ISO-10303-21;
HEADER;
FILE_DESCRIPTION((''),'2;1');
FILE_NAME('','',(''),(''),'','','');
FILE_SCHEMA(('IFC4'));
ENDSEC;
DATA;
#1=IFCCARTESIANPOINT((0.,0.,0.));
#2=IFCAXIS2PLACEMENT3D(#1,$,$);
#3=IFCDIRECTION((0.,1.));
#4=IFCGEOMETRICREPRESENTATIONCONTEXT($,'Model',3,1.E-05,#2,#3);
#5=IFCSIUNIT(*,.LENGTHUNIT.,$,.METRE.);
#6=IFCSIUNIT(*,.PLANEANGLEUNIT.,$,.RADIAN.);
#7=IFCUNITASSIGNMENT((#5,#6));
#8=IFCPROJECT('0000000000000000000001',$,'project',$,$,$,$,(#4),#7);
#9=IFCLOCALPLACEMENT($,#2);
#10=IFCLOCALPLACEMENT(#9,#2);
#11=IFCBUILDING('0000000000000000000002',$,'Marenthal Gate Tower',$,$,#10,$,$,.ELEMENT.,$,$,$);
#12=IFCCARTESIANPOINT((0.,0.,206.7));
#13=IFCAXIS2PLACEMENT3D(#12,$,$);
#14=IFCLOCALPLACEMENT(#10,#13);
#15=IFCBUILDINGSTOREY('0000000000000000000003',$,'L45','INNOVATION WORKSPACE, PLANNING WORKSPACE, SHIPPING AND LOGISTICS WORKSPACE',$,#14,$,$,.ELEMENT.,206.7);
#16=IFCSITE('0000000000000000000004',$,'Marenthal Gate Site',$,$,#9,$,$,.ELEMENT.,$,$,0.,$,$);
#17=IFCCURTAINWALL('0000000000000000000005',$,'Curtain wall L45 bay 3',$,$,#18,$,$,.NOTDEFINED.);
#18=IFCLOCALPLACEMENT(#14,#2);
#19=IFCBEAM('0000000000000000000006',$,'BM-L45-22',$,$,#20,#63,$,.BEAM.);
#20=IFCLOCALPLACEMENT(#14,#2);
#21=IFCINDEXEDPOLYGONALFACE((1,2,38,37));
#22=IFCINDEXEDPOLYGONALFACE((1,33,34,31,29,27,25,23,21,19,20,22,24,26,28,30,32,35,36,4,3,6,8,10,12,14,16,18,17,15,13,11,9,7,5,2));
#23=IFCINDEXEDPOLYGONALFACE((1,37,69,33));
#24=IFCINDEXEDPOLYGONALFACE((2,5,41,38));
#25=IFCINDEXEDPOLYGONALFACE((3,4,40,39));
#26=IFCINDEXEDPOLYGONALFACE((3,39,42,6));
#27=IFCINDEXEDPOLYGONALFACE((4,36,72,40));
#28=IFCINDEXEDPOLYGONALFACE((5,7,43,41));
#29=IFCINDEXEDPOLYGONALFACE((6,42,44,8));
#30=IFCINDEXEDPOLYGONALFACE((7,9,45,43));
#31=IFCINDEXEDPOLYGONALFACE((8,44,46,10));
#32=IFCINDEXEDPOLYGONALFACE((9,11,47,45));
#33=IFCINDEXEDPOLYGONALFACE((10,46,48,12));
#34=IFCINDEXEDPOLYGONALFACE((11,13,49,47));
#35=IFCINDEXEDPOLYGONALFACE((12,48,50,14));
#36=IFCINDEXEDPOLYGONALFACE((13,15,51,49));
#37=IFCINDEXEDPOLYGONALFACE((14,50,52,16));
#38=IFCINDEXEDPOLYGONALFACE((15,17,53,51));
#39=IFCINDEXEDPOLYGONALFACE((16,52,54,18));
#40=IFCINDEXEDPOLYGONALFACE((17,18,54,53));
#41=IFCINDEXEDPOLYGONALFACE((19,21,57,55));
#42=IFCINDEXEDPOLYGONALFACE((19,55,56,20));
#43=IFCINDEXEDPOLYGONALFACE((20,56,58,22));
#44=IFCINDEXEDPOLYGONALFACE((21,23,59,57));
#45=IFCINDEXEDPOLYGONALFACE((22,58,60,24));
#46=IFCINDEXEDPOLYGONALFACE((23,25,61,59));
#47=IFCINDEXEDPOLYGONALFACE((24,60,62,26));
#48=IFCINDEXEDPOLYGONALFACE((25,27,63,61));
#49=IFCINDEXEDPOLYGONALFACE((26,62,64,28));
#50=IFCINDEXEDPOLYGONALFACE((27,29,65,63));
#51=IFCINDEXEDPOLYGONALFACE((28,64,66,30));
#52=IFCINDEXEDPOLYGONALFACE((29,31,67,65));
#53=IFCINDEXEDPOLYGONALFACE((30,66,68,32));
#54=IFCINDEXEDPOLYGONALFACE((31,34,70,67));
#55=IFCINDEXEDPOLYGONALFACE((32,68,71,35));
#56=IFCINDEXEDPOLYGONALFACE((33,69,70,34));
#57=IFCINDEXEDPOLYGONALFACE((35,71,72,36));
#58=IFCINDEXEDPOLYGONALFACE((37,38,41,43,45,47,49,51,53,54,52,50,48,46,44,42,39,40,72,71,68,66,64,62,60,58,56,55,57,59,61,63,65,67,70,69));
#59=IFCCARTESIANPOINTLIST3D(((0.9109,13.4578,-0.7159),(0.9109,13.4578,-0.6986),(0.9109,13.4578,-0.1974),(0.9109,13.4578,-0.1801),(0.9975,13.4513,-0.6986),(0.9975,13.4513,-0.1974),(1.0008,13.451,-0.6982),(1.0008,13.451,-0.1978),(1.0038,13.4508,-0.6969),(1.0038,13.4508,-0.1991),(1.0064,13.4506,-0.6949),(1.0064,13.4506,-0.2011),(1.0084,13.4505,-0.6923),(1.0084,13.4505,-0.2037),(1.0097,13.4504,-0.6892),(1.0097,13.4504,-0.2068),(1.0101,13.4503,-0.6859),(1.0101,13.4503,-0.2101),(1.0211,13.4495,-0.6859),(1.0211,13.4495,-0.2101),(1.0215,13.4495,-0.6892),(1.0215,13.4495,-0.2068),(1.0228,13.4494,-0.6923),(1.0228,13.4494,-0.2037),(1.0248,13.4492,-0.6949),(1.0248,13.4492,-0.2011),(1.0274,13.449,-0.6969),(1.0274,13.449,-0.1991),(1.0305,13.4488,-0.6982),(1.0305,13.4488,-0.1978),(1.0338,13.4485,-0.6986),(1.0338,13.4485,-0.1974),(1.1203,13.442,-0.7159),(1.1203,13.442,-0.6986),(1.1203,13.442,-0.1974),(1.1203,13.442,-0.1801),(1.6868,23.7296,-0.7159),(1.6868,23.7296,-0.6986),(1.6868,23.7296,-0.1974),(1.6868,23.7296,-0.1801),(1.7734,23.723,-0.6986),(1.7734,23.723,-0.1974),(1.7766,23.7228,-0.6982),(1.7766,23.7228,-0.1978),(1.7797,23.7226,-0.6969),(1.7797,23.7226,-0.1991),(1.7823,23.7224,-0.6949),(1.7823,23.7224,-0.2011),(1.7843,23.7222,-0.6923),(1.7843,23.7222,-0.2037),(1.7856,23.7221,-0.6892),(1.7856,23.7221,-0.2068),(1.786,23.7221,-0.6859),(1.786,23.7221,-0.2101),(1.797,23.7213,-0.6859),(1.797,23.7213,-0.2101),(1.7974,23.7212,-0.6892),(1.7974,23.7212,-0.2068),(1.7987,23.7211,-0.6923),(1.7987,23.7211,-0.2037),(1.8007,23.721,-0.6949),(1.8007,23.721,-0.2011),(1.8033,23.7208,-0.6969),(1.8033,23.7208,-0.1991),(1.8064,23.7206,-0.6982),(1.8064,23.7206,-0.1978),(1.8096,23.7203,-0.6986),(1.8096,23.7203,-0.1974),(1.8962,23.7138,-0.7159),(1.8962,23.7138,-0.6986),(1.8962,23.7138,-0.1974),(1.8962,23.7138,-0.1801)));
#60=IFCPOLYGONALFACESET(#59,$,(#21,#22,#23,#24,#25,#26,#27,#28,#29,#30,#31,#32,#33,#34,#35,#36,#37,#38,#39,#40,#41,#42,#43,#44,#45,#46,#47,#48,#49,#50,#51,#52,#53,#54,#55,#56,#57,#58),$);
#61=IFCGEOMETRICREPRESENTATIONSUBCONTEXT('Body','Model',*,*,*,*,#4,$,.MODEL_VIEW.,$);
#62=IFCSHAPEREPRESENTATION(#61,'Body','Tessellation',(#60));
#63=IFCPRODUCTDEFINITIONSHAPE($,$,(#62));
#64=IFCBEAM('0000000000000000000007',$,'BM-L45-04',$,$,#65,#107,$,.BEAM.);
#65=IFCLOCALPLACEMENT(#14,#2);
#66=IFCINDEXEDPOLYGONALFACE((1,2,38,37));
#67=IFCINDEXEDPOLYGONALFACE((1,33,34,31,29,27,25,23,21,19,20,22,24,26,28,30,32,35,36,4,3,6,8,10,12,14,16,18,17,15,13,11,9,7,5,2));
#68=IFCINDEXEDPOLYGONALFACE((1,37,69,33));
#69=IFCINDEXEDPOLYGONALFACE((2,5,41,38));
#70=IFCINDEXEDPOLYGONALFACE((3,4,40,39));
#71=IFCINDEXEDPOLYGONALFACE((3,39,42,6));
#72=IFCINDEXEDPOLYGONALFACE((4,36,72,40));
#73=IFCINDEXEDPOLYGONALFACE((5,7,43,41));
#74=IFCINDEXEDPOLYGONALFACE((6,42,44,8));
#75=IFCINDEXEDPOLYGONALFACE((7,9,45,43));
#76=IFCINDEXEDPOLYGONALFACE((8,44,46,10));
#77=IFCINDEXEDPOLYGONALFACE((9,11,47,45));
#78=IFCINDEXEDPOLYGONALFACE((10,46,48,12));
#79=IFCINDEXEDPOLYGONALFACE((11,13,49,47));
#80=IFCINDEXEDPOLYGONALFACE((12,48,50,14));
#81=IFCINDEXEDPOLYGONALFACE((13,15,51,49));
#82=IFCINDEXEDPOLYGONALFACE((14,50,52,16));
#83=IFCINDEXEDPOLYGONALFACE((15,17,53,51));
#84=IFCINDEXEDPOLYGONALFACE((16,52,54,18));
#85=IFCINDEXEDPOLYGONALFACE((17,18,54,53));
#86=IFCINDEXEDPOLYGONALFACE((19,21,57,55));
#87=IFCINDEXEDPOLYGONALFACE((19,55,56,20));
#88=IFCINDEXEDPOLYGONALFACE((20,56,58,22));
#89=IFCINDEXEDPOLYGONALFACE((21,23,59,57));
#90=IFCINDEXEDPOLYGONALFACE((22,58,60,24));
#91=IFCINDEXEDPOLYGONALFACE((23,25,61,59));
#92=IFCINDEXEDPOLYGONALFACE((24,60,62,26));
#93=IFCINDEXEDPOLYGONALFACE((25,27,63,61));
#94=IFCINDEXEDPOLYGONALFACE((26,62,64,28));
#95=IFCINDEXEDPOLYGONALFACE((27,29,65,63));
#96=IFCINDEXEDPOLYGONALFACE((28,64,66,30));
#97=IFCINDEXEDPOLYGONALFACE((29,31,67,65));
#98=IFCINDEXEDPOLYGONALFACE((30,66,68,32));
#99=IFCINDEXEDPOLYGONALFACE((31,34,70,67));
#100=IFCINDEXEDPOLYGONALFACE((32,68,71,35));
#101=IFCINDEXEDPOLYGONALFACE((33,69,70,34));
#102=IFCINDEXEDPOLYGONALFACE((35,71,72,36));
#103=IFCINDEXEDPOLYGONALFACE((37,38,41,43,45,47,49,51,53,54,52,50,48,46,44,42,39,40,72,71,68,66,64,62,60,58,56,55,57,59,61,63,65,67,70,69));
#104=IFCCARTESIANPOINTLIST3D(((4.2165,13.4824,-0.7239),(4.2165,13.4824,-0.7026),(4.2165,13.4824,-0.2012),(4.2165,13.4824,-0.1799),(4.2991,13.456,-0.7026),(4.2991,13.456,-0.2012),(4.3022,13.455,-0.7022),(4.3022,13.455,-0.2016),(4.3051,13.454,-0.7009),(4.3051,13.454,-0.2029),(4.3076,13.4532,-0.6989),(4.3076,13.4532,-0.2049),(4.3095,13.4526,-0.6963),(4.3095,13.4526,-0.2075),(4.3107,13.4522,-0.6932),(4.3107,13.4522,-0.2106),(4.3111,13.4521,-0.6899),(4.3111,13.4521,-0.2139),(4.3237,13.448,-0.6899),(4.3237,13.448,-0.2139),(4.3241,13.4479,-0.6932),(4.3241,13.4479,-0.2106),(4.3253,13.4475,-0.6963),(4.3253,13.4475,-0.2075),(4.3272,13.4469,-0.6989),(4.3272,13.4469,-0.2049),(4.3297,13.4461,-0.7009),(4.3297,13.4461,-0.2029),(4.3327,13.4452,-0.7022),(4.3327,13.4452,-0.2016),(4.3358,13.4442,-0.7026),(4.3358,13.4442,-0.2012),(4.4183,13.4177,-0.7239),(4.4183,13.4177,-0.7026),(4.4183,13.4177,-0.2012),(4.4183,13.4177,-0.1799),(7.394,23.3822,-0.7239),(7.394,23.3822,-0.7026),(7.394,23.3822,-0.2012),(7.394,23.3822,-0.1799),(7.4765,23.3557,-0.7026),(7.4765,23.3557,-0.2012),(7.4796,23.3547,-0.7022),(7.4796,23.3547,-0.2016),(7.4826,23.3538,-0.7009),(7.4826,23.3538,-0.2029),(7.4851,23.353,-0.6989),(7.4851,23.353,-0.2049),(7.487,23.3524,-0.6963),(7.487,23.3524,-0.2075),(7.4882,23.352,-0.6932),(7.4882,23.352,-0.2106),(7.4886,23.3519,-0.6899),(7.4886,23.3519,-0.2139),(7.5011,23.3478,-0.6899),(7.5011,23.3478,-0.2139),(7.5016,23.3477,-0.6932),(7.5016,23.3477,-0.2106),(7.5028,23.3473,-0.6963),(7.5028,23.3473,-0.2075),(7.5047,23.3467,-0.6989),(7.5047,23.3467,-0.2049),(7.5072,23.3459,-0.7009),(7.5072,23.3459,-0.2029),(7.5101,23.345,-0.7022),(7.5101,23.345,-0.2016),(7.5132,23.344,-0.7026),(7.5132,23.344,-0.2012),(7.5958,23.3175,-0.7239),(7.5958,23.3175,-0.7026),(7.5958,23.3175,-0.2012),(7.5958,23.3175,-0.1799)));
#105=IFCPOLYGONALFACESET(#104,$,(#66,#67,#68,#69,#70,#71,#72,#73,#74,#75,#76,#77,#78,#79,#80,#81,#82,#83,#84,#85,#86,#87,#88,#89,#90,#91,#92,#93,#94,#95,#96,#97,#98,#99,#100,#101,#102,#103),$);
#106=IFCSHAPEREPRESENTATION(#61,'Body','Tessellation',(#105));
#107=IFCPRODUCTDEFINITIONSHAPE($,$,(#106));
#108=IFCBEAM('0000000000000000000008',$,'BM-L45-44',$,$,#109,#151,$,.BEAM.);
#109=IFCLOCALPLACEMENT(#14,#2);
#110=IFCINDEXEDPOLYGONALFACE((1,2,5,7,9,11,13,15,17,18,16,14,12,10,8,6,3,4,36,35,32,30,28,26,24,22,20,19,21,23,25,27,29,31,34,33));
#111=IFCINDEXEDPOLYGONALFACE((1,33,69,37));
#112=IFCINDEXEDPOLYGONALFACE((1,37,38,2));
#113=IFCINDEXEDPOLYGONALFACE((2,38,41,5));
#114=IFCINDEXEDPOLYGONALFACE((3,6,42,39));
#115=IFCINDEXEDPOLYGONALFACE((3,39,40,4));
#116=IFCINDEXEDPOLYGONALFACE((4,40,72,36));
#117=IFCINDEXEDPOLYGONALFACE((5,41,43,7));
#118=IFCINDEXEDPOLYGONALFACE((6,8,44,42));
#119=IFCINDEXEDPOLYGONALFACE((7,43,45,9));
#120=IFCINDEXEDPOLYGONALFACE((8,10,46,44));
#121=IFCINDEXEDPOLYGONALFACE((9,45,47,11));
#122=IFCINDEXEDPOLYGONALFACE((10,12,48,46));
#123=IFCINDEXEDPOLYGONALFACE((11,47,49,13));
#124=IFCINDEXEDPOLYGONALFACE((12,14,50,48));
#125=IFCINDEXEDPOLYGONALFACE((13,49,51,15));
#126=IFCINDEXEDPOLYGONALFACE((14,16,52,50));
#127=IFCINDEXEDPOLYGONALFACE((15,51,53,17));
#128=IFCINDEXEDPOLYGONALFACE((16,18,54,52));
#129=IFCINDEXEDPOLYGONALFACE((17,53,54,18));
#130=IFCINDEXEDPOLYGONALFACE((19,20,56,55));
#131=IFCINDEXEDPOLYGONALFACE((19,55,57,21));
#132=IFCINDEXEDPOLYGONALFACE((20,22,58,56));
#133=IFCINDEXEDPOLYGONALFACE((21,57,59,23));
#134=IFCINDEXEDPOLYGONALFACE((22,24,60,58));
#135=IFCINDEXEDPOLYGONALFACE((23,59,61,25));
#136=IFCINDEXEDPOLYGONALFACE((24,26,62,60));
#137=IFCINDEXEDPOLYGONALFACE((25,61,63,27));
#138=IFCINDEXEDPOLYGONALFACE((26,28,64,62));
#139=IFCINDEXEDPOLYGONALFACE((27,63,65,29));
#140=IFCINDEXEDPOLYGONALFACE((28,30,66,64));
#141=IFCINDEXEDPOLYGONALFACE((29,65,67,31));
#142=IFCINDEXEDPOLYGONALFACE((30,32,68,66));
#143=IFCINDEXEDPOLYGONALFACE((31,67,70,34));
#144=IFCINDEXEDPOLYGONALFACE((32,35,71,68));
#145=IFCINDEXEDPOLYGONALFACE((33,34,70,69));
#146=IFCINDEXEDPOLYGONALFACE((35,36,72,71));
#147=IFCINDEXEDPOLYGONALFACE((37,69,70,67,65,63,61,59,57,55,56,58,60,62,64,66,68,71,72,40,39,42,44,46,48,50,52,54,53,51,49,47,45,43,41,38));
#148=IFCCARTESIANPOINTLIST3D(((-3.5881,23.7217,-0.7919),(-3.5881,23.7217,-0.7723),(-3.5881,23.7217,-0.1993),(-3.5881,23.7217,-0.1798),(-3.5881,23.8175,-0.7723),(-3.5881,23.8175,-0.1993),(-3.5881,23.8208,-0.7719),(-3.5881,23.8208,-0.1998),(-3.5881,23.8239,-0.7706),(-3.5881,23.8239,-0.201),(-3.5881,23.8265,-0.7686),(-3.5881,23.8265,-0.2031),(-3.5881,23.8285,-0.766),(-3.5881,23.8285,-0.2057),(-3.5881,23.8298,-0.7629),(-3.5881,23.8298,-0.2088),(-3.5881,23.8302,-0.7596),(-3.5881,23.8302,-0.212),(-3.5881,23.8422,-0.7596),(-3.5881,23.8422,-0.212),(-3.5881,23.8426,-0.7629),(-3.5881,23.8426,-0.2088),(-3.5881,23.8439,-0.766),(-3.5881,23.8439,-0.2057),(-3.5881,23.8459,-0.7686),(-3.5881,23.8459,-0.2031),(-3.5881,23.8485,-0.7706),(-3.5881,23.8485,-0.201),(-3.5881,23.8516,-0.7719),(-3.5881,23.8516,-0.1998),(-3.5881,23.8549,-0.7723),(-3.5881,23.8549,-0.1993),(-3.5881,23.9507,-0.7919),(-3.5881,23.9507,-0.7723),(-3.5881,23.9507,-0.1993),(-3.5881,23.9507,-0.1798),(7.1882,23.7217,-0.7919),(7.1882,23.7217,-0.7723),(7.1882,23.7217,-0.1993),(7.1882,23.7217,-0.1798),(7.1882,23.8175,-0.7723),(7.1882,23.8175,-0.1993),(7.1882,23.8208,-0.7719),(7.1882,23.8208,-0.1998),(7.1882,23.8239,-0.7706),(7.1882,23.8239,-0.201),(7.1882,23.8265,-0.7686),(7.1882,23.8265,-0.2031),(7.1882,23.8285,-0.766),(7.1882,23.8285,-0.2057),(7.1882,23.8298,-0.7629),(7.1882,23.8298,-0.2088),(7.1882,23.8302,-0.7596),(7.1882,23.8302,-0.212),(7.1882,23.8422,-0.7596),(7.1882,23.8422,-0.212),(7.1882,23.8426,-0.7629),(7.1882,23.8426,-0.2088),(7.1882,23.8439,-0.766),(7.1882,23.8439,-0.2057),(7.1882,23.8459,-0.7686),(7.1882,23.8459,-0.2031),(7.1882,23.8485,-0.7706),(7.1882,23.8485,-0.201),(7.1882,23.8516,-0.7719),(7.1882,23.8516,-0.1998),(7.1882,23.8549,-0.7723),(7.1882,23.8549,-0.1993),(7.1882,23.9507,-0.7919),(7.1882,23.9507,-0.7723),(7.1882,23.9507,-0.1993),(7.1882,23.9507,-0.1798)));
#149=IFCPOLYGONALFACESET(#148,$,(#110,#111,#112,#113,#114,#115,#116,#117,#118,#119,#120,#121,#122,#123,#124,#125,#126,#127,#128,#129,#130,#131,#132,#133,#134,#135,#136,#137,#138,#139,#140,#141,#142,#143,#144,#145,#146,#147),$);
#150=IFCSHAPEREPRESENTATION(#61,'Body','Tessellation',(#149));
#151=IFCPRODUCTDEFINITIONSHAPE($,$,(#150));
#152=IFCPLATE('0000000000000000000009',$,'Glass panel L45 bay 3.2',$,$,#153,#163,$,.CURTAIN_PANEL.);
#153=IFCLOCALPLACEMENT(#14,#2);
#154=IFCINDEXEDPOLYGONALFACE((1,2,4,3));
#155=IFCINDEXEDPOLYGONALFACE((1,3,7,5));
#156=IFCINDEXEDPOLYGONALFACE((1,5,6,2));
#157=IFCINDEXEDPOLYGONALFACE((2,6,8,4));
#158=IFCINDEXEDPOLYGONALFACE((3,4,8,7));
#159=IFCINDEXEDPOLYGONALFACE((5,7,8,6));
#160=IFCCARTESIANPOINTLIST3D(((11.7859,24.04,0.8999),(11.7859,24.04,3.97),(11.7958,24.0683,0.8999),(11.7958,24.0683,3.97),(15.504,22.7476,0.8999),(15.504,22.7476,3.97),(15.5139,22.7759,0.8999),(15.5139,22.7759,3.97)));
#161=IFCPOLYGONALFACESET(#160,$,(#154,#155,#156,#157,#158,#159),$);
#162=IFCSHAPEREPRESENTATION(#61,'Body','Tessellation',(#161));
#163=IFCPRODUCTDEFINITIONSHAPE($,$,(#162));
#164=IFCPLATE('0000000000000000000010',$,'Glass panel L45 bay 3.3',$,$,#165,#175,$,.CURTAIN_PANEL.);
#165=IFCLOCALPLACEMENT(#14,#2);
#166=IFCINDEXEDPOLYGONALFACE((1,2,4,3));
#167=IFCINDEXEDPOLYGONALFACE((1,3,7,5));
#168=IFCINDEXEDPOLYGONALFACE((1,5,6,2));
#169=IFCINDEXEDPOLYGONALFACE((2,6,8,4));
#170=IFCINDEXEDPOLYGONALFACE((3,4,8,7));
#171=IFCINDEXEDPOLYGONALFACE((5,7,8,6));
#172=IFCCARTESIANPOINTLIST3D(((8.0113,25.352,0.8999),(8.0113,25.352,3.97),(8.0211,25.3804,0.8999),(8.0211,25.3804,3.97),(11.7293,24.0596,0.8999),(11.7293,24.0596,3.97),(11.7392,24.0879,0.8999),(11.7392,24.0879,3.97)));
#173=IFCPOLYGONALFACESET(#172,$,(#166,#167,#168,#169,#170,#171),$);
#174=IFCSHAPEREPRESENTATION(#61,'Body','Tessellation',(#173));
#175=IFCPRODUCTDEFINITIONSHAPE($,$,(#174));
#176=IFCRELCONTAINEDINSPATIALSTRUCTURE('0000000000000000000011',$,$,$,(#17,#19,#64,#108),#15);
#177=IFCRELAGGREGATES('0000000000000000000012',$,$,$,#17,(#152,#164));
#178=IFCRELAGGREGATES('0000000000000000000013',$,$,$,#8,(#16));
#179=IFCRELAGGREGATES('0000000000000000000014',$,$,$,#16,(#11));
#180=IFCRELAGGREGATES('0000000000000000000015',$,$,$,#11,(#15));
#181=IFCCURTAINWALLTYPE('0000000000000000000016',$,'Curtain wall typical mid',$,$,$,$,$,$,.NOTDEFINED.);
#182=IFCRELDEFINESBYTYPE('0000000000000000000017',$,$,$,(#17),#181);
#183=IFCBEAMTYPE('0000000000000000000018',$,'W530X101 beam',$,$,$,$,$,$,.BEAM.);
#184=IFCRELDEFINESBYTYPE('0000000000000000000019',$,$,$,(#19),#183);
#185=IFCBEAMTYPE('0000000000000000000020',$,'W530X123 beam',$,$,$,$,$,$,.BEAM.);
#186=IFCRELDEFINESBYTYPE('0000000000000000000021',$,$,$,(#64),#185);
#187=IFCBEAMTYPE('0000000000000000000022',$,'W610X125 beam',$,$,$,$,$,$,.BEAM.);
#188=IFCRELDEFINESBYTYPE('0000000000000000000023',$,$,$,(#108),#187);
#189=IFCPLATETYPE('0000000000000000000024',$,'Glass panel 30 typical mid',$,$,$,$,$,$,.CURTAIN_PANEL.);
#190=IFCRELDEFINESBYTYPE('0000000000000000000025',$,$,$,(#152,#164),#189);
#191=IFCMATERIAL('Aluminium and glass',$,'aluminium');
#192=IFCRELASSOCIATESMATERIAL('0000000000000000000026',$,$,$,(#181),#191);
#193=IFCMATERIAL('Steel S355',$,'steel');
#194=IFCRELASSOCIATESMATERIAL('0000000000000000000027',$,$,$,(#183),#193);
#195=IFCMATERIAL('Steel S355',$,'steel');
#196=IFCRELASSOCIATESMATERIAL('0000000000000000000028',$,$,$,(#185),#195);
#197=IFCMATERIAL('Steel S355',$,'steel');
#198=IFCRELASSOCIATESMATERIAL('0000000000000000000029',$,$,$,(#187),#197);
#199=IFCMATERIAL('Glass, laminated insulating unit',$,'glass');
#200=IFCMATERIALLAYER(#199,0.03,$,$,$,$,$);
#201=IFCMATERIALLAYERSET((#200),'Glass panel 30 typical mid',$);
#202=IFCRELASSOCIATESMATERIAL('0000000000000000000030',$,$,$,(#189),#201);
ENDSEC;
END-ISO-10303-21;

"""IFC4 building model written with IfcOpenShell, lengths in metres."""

from ifc_helpers import new_model, si_unit, direction, frame, origin, origin_2d, place, context, subcontext, project, spatial, rectangle, i_section, extrude, material, layer, layer_set, material_profile, profile_set, type_object, element, aggregate, save


model = new_model("IFC4")

# Units and contexts
model_context = context("Model", 3, precision=1e-05, world=origin(), true_north=direction((0.0, 1.0)))
body_context = subcontext(model_context, "Body", "Model", "MODEL_VIEW")
ifc_project = project(units=[si_unit("LENGTHUNIT", "METRE"), si_unit("PLANEANGLEUNIT", "RADIAN")], contexts=[model_context])

# Site, building, storey
site_placement = place(None, origin())
site = spatial("IfcSite", under=ifc_project, at=site_placement, Name="Marenthal Gate Site", CompositionType="ELEMENT", RefElevation=0.0)
building_placement = place(site_placement, origin())
building = spatial("IfcBuilding", under=site, at=building_placement, Name="Marenthal Gate Tower", CompositionType="ELEMENT")
storey_placement = place(building_placement, frame((0.0, 0.0, 206.7)))
storey = spatial("IfcBuildingStorey", under=building, at=storey_placement, Name="L45", Description="INNOVATION WORKSPACE, PLANNING WORKSPACE, SHIPPING AND LOGISTICS WORKSPACE", CompositionType="ELEMENT", Elevation=206.7)

# Curtain wall
ifc_material_1 = material(Name="Aluminium and glass", Category="aluminium")
curtain_wall_type = type_object("IfcCurtainWallType", Name="Curtain wall typical mid", PredefinedType="NOTDEFINED", material=ifc_material_1)
curtain_wall_placement = place(storey_placement, origin())
curtain_wall = element("IfcCurtainWall", 1, at=curtain_wall_placement, inside=storey, type_object=curtain_wall_type, Name="Curtain wall L45 bay 3", PredefinedType="NOTDEFINED")

# Beams
ifc_material_2 = material(Name="Steel S355", Category="steel")
ifc_material_profile_1 = material_profile(ifc_material_2, i_section(OverallWidth=0.21, OverallDepth=0.5359, WebThickness=0.011, FlangeThickness=0.0173, FilletRadius=0.0127, at=origin_2d()), Name="W530X101")
ifc_profile_set_1 = profile_set([ifc_material_profile_1], Name="Steel S355")
beam_type_1 = type_object("IfcBeamType", Name="W530X101 beam", PredefinedType="BEAM", material=ifc_profile_set_1)
beam_1_placement = place(storey_placement, frame((1.7915, 23.7217, -0.448), z_axis=(-0.075321, -0.997159, 0.0), x_axis=(0.997159, -0.075321, 0.0)))
element("IfcBeam", 2, at=beam_1_placement, inside=storey, type_object=beam_type_1, Name="BM-L45-22", PredefinedType="BEAM", context=body_context, shape_type="SweptSolid", body=[
    extrude(i_section(OverallWidth=0.21, OverallDepth=0.5359, WebThickness=0.011, FlangeThickness=0.0173, FilletRadius=0.0127, at=origin_2d()), origin(), (0.0, 0.0, 1.0), 10.301),
])
ifc_material_3 = material(Name="Steel S355", Category="steel")
ifc_material_profile_2 = material_profile(ifc_material_3, i_section(OverallWidth=0.2119, OverallDepth=0.5439, WebThickness=0.0132, FlangeThickness=0.0212, FilletRadius=0.0127, at=origin_2d()), Name="W530X123")
ifc_profile_set_2 = profile_set([ifc_material_profile_2], Name="Steel S355")
beam_type_2 = type_object("IfcBeamType", Name="W530X123 beam", PredefinedType="BEAM", material=ifc_profile_set_2)
beam_2_placement = place(storey_placement, frame((7.4949, 23.3499, -0.4519), z_axis=(-0.305606, -0.952158, 0.0), x_axis=(0.952158, -0.305606, 0.0)))
element("IfcBeam", 3, at=beam_2_placement, inside=storey, type_object=beam_type_2, Name="BM-L45-04", PredefinedType="BEAM", context=body_context, shape_type="SweptSolid", body=[
    extrude(i_section(OverallWidth=0.2119, OverallDepth=0.5439, WebThickness=0.0132, FlangeThickness=0.0212, FilletRadius=0.0127, at=origin_2d()), origin(), (0.0, 0.0, 1.0), 10.3972),
])
ifc_material_4 = material(Name="Steel S355", Category="steel")
ifc_material_profile_3 = material_profile(ifc_material_4, i_section(OverallWidth=0.229, OverallDepth=0.6121, WebThickness=0.012, FlangeThickness=0.0195, FilletRadius=0.0127, at=origin_2d()), Name="W610X125")
ifc_profile_set_3 = profile_set([ifc_material_profile_3], Name="Steel S355")
beam_type_3 = type_object("IfcBeamType", Name="W610X125 beam", PredefinedType="BEAM", material=ifc_profile_set_3)
beam_3_placement = place(storey_placement, frame((7.1882, 23.8362, -0.4858), z_axis=(-1.0, 0.0, 0.0), x_axis=(0.0, -1.0, 0.0)))
element("IfcBeam", 4, at=beam_3_placement, inside=storey, type_object=beam_type_3, Name="BM-L45-44", PredefinedType="BEAM", context=body_context, shape_type="SweptSolid", body=[
    extrude(i_section(OverallWidth=0.229, OverallDepth=0.6121, WebThickness=0.012, FlangeThickness=0.0195, FilletRadius=0.0127, at=origin_2d()), origin(), (0.0, 0.0, 1.0), 10.7764),
])

# Plates
ifc_material_5 = material(Name="Glass, laminated insulating unit", Category="glass")
ifc_layer_1 = layer(ifc_material_5, 0.03)
ifc_layer_set_1 = layer_set([ifc_layer_1], Name="Glass panel 30 typical mid")
plate_type = type_object("IfcPlateType", Name="Glass panel 30 typical mid", PredefinedType="CURTAIN_PANEL", material=ifc_layer_set_1)
plate_1_placement = place(storey_placement, frame((13.6499, 23.408, 0.8999), z_axis=(0.0, 0.0, 1.0), x_axis=(-0.944562, 0.328332, 0.0)))
plate_1 = element("IfcPlate", 5, at=plate_1_placement, type_object=plate_type, Name="Glass panel L45 bay 3.2", PredefinedType="CURTAIN_PANEL", context=body_context, shape_type="SweptSolid", body=[
    extrude(rectangle(XDim=3.9363, YDim=0.03, at=origin_2d()), origin(), (0.0, 0.0, 1.0), 3.0701),
])
plate_2_placement = place(storey_placement, frame((9.8752, 24.72, 0.8999), z_axis=(0.0, 0.0, 1.0), x_axis=(-0.944562, 0.328332, 0.0)))
plate_2 = element("IfcPlate", 6, at=plate_2_placement, type_object=plate_type, Name="Glass panel L45 bay 3.3", PredefinedType="CURTAIN_PANEL", context=body_context, shape_type="SweptSolid", body=[
    extrude(rectangle(XDim=3.9363, YDim=0.03, at=origin_2d()), origin(), (0.0, 0.0, 1.0), 3.0701),
])
aggregate(curtain_wall, [plate_1, plate_2])

save(model, "model.ifc")
